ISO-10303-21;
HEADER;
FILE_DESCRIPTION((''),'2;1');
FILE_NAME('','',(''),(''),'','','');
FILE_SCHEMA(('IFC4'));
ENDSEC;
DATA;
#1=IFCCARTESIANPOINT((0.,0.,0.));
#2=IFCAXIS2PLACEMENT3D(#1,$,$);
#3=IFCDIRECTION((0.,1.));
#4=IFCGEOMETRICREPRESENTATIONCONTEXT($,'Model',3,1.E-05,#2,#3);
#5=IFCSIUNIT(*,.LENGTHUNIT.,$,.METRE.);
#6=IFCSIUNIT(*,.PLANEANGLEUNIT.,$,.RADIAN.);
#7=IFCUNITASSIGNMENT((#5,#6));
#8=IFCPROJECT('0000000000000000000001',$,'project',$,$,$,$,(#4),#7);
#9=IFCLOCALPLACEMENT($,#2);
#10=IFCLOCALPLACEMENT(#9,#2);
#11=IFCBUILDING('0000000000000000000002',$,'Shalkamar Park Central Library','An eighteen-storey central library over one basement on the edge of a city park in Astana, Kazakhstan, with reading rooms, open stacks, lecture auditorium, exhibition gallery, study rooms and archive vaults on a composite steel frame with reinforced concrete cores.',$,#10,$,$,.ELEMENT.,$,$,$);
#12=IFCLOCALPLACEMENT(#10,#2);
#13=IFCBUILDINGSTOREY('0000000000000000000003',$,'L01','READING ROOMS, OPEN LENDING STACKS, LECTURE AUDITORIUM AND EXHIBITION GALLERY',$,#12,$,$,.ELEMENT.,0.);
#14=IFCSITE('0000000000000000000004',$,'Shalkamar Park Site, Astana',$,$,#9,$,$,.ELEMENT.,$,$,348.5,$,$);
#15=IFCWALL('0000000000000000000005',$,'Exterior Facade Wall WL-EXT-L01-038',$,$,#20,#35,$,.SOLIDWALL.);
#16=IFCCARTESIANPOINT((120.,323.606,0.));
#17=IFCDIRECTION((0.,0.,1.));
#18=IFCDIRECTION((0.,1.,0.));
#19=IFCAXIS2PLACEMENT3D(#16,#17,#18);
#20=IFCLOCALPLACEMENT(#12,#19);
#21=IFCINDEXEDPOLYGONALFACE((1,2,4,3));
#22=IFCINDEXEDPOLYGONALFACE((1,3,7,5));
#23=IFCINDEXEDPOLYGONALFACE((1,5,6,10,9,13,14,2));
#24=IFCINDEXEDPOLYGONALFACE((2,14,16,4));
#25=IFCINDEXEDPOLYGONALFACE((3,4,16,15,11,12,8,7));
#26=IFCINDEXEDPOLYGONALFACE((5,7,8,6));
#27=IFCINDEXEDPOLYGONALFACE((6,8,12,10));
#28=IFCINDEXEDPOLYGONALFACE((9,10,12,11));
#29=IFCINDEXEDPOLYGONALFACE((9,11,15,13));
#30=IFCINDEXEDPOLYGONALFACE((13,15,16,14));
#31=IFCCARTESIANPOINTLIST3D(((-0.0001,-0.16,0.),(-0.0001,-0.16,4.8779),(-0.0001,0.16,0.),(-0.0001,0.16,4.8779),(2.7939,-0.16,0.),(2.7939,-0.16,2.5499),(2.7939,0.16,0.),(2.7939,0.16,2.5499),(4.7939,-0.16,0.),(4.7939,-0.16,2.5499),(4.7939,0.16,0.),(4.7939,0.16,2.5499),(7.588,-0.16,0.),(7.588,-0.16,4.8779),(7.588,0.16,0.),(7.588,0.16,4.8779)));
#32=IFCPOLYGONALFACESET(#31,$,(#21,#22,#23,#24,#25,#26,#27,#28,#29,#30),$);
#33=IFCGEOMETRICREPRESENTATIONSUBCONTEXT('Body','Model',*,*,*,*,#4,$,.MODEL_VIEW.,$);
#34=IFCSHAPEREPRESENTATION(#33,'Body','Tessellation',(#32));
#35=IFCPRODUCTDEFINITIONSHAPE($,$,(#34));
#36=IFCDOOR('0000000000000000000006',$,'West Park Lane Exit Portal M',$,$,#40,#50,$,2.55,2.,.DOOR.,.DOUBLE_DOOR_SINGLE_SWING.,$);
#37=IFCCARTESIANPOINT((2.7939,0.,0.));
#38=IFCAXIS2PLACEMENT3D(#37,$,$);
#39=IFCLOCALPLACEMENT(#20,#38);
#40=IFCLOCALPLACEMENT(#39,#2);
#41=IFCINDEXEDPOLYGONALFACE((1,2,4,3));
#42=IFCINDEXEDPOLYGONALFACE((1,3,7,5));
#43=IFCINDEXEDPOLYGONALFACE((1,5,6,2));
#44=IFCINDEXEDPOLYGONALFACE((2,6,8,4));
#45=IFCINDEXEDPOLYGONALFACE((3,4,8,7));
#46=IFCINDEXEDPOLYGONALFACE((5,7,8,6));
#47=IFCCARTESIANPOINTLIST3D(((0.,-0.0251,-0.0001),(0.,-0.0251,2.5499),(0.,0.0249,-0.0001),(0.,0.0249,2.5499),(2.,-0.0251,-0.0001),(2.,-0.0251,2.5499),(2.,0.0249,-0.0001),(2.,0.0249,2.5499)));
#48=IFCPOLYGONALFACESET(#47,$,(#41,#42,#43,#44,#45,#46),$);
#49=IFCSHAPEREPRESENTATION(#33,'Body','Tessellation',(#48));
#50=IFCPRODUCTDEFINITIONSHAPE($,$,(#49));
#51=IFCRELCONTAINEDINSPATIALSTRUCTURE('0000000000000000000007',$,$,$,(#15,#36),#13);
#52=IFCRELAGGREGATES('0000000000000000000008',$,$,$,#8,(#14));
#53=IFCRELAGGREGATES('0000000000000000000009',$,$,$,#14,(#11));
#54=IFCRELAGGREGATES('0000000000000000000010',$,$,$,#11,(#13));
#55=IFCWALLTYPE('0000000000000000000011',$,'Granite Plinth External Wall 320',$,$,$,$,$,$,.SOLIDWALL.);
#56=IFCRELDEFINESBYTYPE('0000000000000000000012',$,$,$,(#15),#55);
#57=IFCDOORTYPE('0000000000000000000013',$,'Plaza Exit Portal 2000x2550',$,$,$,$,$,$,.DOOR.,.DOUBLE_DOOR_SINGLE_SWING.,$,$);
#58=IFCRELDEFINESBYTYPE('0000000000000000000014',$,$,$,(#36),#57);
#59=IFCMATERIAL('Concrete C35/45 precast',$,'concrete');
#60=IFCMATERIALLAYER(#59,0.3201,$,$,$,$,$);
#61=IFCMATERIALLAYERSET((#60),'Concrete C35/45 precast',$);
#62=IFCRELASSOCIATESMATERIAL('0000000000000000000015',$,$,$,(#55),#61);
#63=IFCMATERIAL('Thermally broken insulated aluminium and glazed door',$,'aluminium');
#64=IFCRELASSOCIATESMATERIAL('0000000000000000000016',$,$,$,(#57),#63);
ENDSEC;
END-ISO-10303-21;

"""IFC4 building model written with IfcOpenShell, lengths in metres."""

from ifc_helpers import new_model, si_unit, direction, frame, frame_2d, origin, place, context, subcontext, project, spatial, rectangle, extrude, material, layer, layer_set, type_object, element, fill, save


model = new_model("IFC4")

# Units and contexts
model_context = context("Model", 3, precision=1e-05, world=origin(), true_north=direction((0.0, 1.0)))
body_context = subcontext(model_context, "Body", "Model", "MODEL_VIEW")
ifc_project = project(units=[si_unit("LENGTHUNIT", "METRE"), si_unit("PLANEANGLEUNIT", "RADIAN")], contexts=[model_context])

# Site, building, storey
site_placement = place(None, origin())
site = spatial("IfcSite", under=ifc_project, at=site_placement, Name="Shalkamar Park Site, Astana", CompositionType="ELEMENT", RefElevation=348.5)
building_placement = place(site_placement, origin())
building = spatial("IfcBuilding", under=site, at=building_placement, Name="Shalkamar Park Central Library", Description="An eighteen-storey central library over one basement on the edge of a city park in Astana, Kazakhstan, with reading rooms, open stacks, lecture auditorium, exhibition gallery, study rooms and archive vaults on a composite steel frame with reinforced concrete cores.", CompositionType="ELEMENT")
storey_placement = place(building_placement, origin())
storey = spatial("IfcBuildingStorey", under=building, at=storey_placement, Name="L01", Description="READING ROOMS, OPEN LENDING STACKS, LECTURE AUDITORIUM AND EXHIBITION GALLERY", CompositionType="ELEMENT", Elevation=0.0)

# Wall, opening, door
ifc_material_1 = material(Name="Concrete C35/45 precast", Category="concrete")
ifc_layer_1 = layer(ifc_material_1, 0.3201)
ifc_layer_set_1 = layer_set([ifc_layer_1], Name="Concrete C35/45 precast")
wall_type_1 = type_object("IfcWallType", Name="Granite Plinth External Wall 320", PredefinedType="SOLIDWALL", material=ifc_layer_set_1)
wall_placement = place(storey_placement, frame((120.0, 323.606, 0.0), z_axis=(0.0, 0.0, 1.0), x_axis=(0.0, 1.0, 0.0)))
wall = element("IfcWall", 1, at=wall_placement, inside=storey, type_object=wall_type_1, Name="Exterior Facade Wall WL-EXT-L01-038", PredefinedType="SOLIDWALL", context=body_context, shape_type="SweptSolid", body=[
    extrude(rectangle(XDim=7.5881, YDim=0.3201, at=frame_2d((3.7939, 0.0))), origin(), (0.0, 0.0, 1.0), 4.8779),
])
opening_placement = place(wall_placement, frame((2.7939, 0.0, 0.0)))
opening = element("IfcOpeningElement", 2, at=opening_placement, cuts=wall, PredefinedType="OPENING", context=body_context, shape_type="SweptSolid", body=[
    extrude(rectangle(XDim=2.0, YDim=2.55, at=frame_2d((1.0, 1.2749))), frame((0.0, 0.1748, 0.0), z_axis=(0.0, -1.0, 0.0), x_axis=(1.0, 0.0, 0.0)), (0.0, 0.0, 1.0), 0.3499),
])
ifc_material_2 = material(Name="Thermally broken insulated aluminium and glazed door", Category="aluminium")
door_type = type_object("IfcDoorType", Name="Plaza Exit Portal 2000x2550", OperationType="DOUBLE_DOOR_SINGLE_SWING", PredefinedType="DOOR", material=ifc_material_2)
door_placement = place(opening_placement, origin())
door = element("IfcDoor", 3, at=door_placement, inside=storey, type_object=door_type, Name="West Park Lane Exit Portal M", OperationType="DOUBLE_DOOR_SINGLE_SWING", OverallHeight=2.55, OverallWidth=2.0, PredefinedType="DOOR", context=body_context, shape_type="SweptSolid", body=[
    extrude(rectangle(XDim=2.0, YDim=2.55, at=frame_2d((1.0, 1.2749))), frame((0.0, 0.0249, 0.0), z_axis=(0.0, -1.0, 0.0), x_axis=(1.0, 0.0, 0.0)), (0.0, 0.0, 1.0), 0.05),
])
fill(opening, door)

save(model, "model.ifc")
